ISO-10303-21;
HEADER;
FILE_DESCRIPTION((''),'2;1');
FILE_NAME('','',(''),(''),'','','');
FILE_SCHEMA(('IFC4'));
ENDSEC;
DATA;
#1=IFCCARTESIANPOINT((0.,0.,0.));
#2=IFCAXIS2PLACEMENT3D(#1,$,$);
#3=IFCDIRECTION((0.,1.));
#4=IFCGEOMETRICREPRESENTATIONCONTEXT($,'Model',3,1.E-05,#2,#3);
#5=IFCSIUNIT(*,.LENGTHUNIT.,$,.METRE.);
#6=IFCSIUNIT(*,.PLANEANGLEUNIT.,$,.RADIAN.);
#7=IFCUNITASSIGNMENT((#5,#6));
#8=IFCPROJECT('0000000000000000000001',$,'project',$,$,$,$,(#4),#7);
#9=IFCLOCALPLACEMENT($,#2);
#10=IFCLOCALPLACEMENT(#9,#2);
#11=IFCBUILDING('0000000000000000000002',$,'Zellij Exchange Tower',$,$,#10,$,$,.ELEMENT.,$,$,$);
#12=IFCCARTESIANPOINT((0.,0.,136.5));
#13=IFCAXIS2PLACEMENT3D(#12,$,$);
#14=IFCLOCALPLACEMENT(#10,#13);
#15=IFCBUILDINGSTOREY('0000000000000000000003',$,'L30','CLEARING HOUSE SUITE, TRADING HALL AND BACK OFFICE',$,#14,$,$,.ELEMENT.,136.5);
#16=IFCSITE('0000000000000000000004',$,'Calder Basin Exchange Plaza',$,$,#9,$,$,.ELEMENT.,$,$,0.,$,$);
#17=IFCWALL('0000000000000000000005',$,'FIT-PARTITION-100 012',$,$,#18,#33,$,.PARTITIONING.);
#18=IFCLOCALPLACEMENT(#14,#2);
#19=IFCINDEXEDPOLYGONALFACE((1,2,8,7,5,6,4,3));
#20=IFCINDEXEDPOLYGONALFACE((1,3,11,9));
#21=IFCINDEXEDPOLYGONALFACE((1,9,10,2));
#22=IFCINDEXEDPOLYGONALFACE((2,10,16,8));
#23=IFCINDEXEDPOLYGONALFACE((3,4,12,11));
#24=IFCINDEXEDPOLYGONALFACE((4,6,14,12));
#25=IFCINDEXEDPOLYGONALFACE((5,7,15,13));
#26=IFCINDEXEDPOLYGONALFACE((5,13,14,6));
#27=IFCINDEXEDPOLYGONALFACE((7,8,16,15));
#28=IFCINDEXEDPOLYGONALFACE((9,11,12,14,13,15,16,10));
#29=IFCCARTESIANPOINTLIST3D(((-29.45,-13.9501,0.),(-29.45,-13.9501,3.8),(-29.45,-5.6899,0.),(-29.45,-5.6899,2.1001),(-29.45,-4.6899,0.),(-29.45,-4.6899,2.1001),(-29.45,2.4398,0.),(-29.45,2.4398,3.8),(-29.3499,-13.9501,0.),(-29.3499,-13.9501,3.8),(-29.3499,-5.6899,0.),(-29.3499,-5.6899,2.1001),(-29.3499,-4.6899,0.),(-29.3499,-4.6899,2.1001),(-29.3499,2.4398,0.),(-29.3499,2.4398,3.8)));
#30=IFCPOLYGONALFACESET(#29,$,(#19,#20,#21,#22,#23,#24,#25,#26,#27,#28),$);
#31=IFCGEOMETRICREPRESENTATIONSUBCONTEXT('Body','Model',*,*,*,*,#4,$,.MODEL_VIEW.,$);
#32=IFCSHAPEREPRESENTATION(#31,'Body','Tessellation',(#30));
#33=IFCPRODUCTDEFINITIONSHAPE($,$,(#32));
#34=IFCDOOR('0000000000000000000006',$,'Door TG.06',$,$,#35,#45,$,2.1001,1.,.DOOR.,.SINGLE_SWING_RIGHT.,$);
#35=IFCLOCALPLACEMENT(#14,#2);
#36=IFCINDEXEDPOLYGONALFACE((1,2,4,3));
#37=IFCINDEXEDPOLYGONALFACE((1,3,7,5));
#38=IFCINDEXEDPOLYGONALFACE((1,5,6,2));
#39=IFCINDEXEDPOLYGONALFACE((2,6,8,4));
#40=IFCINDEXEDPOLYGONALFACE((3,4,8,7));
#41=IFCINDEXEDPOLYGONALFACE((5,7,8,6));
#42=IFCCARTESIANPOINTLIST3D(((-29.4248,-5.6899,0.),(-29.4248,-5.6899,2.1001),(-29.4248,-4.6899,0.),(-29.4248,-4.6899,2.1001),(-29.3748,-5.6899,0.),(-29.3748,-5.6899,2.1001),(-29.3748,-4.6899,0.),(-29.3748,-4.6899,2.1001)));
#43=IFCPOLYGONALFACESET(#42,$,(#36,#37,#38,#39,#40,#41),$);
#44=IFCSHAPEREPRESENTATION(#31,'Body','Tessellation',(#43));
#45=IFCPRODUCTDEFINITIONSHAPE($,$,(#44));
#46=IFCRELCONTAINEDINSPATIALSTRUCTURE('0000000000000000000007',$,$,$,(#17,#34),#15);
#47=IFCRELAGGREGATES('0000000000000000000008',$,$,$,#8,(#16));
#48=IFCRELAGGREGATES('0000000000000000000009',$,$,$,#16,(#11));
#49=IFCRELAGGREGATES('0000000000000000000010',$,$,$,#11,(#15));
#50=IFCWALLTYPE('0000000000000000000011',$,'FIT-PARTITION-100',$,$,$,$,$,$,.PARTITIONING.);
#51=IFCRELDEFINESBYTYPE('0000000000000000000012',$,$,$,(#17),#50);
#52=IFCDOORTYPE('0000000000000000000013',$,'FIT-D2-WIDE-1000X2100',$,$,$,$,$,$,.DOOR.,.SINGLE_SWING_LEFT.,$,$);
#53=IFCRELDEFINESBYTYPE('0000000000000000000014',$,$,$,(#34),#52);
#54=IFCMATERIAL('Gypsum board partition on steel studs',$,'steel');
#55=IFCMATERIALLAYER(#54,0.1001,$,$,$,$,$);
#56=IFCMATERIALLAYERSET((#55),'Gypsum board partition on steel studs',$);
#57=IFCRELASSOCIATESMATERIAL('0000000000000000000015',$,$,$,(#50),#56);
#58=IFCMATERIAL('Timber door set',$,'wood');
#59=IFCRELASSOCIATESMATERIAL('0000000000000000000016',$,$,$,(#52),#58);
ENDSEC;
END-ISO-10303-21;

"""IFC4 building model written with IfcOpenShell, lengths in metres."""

from ifc_helpers import new_model, si_unit, direction, frame, frame_2d, origin, place, context, subcontext, project, spatial, rectangle, extrude, material, layer, layer_set, type_object, element, fill, save


model = new_model("IFC4")

# Units and contexts
model_context = context("Model", 3, precision=1e-05, world=origin(), true_north=direction((0.0, 1.0)))
body_context = subcontext(model_context, "Body", "Model", "MODEL_VIEW")
ifc_project = project(units=[si_unit("LENGTHUNIT", "METRE"), si_unit("PLANEANGLEUNIT", "RADIAN")], contexts=[model_context])

# Site, building, storey
site_placement = place(None, origin())
site = spatial("IfcSite", under=ifc_project, at=site_placement, Name="Calder Basin Exchange Plaza", CompositionType="ELEMENT", RefElevation=0.0)
building_placement = place(site_placement, origin())
building = spatial("IfcBuilding", under=site, at=building_placement, Name="Zellij Exchange Tower", CompositionType="ELEMENT")
storey_placement = place(building_placement, frame((0.0, 0.0, 136.5)))
storey = spatial("IfcBuildingStorey", under=building, at=storey_placement, Name="L30", Description="CLEARING HOUSE SUITE, TRADING HALL AND BACK OFFICE", CompositionType="ELEMENT", Elevation=136.5)

# Shared definitions
ifc_material_1 = material(Name="Gypsum board partition on steel studs", Category="steel")
ifc_layer_1 = layer(ifc_material_1, 0.1001)
ifc_layer_set_1 = layer_set([ifc_layer_1], Name="Gypsum board partition on steel studs")
wall_type_1 = type_object("IfcWallType", Name="FIT-PARTITION-100", PredefinedType="PARTITIONING", material=ifc_layer_set_1)

# Wall, opening, door
wall_1_placement = place(storey_placement, frame((-29.3999, -13.95, 0.0), z_axis=(0.0, 0.0, 1.0), x_axis=(0.0, 1.0, 0.0)))
wall_1 = element("IfcWall", 1, at=wall_1_placement, inside=storey, type_object=wall_type_1, Name="FIT-PARTITION-100 012", PredefinedType="PARTITIONING", context=body_context, shape_type="SweptSolid", body=[
    extrude(rectangle(XDim=16.3899, YDim=0.1001, at=frame_2d((8.1948, 0.0))), origin(), (0.0, 0.0, 1.0), 3.8),
])
opening_placement = place(wall_1_placement, frame((8.26, 0.0, 0.0)))
opening = element("IfcOpeningElement", 2, at=opening_placement, cuts=wall_1, PredefinedType="OPENING", context=body_context, shape_type="SweptSolid", body=[
    extrude(rectangle(XDim=1.0, YDim=2.1001, at=frame_2d((0.5, 1.05))), frame((0.0, 0.062, 0.0), z_axis=(0.0, -1.0, 0.0), x_axis=(1.0, 0.0, 0.0)), (0.0, 0.0, 1.0), 0.124),
])
ifc_material_2 = material(Name="Timber door set", Category="wood")
door_type = type_object("IfcDoorType", Name="FIT-D2-WIDE-1000X2100", OperationType="SINGLE_SWING_LEFT", PredefinedType="DOOR", material=ifc_material_2)
door_placement = place(opening_placement, origin())
door = element("IfcDoor", 3, at=door_placement, inside=storey, type_object=door_type, Name="Door TG.06", OperationType="SINGLE_SWING_RIGHT", OverallHeight=2.1001, OverallWidth=1.0, PredefinedType="DOOR", context=body_context, shape_type="SweptSolid", body=[
    extrude(rectangle(XDim=1.0, YDim=2.1001, at=frame_2d((0.5, 1.05))), frame((0.0, 0.0249, 0.0), z_axis=(0.0, -1.0, 0.0), x_axis=(1.0, 0.0, 0.0)), (0.0, 0.0, 1.0), 0.05),
])
fill(opening, door)

save(model, "model.ifc")
